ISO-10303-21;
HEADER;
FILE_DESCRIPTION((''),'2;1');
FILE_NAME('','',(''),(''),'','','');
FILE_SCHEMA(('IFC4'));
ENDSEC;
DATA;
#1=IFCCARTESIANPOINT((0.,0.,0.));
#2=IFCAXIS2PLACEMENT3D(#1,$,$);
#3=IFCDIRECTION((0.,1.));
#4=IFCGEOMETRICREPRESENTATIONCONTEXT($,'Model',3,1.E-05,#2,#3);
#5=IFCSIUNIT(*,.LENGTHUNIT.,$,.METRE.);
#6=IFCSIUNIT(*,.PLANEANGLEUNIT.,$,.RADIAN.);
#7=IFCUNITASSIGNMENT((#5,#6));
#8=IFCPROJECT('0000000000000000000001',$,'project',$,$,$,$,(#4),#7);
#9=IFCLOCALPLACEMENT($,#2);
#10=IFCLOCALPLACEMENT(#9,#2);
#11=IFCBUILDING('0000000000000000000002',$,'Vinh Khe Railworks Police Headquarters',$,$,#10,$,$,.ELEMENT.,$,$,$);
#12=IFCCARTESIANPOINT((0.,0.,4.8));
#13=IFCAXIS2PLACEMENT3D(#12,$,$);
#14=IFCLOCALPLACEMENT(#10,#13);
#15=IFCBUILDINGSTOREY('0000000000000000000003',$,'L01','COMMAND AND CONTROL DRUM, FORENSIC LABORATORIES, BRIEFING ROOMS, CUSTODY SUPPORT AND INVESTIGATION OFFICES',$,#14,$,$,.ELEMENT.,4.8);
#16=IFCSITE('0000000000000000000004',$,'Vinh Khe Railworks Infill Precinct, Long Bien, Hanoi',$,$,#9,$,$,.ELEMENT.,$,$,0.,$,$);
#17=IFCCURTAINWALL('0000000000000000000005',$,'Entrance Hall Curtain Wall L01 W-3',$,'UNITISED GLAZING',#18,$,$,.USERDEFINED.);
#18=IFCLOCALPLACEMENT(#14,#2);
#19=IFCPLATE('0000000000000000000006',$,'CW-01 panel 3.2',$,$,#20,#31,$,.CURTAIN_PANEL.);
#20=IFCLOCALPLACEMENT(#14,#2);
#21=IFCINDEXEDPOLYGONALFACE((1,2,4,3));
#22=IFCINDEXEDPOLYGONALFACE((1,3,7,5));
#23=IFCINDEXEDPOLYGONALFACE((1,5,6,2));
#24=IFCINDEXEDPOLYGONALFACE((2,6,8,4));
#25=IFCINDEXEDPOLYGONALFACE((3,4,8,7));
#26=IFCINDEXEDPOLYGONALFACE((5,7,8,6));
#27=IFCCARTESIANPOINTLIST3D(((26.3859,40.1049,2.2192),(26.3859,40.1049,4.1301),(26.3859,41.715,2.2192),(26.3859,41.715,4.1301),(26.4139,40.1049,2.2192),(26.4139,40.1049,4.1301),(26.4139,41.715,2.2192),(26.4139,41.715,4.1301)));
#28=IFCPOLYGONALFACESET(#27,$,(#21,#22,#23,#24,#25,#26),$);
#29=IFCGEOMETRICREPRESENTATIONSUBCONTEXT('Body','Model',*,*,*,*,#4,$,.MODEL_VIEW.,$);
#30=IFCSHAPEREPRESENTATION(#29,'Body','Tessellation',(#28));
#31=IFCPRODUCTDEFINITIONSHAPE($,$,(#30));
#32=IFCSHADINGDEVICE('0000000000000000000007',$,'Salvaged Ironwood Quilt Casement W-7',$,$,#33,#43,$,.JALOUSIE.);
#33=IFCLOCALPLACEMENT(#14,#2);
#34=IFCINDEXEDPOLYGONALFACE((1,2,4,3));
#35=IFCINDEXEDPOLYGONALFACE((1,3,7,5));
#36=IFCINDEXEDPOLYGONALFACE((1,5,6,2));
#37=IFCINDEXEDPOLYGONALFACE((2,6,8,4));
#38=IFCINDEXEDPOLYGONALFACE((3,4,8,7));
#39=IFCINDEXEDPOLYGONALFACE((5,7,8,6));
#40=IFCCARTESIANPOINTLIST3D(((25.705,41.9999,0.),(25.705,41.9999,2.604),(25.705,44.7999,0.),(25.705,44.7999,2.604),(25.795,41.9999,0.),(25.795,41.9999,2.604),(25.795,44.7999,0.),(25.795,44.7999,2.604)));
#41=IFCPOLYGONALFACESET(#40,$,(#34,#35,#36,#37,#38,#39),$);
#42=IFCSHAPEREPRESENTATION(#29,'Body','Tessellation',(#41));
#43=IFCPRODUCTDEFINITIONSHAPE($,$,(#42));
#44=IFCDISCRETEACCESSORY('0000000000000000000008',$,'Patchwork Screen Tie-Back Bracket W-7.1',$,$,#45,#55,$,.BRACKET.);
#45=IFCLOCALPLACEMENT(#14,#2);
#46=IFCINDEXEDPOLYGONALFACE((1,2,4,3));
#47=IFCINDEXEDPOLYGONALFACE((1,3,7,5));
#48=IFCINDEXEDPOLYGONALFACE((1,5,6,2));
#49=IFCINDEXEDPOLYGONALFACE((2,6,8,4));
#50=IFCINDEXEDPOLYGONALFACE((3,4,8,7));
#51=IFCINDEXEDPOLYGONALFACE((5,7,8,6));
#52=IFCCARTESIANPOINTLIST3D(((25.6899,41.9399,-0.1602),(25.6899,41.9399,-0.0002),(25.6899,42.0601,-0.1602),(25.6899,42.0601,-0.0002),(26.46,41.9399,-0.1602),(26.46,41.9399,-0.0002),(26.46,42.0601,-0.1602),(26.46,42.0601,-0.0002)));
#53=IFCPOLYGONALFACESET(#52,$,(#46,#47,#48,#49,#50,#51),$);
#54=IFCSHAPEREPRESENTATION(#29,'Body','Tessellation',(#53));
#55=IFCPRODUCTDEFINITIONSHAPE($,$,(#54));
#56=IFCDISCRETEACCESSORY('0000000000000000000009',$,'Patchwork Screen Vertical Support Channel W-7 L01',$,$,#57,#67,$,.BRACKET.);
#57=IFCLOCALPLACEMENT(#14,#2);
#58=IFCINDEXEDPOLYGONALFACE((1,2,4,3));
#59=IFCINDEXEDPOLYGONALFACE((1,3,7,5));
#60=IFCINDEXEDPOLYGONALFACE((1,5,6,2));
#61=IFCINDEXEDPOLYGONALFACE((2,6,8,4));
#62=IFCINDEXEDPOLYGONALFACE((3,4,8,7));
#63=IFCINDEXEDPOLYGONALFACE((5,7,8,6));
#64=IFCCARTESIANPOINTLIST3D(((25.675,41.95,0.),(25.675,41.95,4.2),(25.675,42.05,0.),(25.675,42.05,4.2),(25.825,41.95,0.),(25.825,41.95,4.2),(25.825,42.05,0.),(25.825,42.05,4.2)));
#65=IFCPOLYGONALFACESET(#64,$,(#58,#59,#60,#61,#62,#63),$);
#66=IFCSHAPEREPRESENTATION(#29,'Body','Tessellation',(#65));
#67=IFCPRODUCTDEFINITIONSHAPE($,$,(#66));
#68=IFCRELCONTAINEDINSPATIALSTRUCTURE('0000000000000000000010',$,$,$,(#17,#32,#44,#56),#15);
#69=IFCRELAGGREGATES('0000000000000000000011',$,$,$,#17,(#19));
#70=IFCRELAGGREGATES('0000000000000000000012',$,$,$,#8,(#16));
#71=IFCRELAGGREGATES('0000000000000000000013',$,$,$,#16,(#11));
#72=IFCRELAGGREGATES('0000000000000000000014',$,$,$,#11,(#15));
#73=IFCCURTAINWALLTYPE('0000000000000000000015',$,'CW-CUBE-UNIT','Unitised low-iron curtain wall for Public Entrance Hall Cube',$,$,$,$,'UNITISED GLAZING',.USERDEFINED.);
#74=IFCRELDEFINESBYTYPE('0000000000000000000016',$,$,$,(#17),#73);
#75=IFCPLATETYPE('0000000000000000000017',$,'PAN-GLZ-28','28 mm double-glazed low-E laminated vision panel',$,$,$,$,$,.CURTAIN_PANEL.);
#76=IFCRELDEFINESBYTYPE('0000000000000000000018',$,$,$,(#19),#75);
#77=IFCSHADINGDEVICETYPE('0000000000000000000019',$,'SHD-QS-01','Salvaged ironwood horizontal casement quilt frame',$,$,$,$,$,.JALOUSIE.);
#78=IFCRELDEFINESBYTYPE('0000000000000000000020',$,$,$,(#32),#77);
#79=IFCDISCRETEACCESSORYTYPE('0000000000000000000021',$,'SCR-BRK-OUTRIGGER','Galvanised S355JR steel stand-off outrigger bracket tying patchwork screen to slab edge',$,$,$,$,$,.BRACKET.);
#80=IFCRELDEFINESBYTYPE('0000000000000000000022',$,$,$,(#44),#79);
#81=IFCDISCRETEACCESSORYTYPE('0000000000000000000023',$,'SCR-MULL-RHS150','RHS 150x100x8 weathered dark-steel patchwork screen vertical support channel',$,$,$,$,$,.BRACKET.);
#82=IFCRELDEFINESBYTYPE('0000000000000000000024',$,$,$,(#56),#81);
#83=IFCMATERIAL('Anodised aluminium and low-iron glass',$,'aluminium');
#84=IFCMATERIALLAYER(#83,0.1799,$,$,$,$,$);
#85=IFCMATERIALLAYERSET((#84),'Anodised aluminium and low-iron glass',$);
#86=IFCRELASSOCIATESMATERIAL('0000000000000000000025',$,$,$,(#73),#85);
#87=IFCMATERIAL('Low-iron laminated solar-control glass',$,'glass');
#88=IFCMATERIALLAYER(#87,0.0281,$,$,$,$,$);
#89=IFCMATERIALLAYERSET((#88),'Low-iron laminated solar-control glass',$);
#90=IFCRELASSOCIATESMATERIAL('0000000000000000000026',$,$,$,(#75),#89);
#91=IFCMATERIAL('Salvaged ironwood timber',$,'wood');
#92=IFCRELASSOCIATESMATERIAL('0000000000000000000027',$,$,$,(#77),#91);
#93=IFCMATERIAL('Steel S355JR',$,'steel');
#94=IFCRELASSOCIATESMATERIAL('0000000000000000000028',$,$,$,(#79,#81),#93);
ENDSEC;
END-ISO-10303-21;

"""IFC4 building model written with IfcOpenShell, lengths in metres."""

from ifc_helpers import new_model, si_unit, direction, frame, origin, origin_2d, place, context, subcontext, project, spatial, rectangle, extrude, material, layer, layer_set, type_object, element, aggregate, save


model = new_model("IFC4")

# Units and contexts
model_context = context("Model", 3, precision=1e-05, world=origin(), true_north=direction((0.0, 1.0)))
body_context = subcontext(model_context, "Body", "Model", "MODEL_VIEW")
ifc_project = project(units=[si_unit("LENGTHUNIT", "METRE"), si_unit("PLANEANGLEUNIT", "RADIAN")], contexts=[model_context])

# Site, building, storey
site_placement = place(None, origin())
site = spatial("IfcSite", under=ifc_project, at=site_placement, Name="Vinh Khe Railworks Infill Precinct, Long Bien, Hanoi", CompositionType="ELEMENT", RefElevation=0.0)
building_placement = place(site_placement, origin())
building = spatial("IfcBuilding", under=site, at=building_placement, Name="Vinh Khe Railworks Police Headquarters", CompositionType="ELEMENT")
storey_placement = place(building_placement, frame((0.0, 0.0, 4.8)))
storey = spatial("IfcBuildingStorey", under=building, at=storey_placement, Name="L01", Description="COMMAND AND CONTROL DRUM, FORENSIC LABORATORIES, BRIEFING ROOMS, CUSTODY SUPPORT AND INVESTIGATION OFFICES", CompositionType="ELEMENT", Elevation=4.8)

# Shared definitions
ifc_material_1 = material(Name="Steel S355JR", Category="steel")

# Shared definitions
ifc_material_2 = material(Name="Salvaged ironwood timber", Category="wood")

# Curtain wall
ifc_material_3 = material(Name="Anodised aluminium and low-iron glass", Category="aluminium")
ifc_layer_1 = layer(ifc_material_3, 0.1799)
ifc_layer_set_1 = layer_set([ifc_layer_1], Name="Anodised aluminium and low-iron glass")
curtain_wall_type = type_object("IfcCurtainWallType", Name="CW-CUBE-UNIT", Description="Unitised low-iron curtain wall for Public Entrance Hall Cube", ElementType="UNITISED GLAZING", PredefinedType="USERDEFINED", material=ifc_layer_set_1)
curtain_wall_1_placement = place(storey_placement, origin())
curtain_wall_1 = element("IfcCurtainWall", 1, at=curtain_wall_1_placement, inside=storey, type_object=curtain_wall_type, Name="Entrance Hall Curtain Wall L01 W-3", ObjectType="UNITISED GLAZING", PredefinedType="USERDEFINED")

# Plate
ifc_material_4 = material(Name="Low-iron laminated solar-control glass", Category="glass")
ifc_layer_2 = layer(ifc_material_4, 0.0281)
ifc_layer_set_2 = layer_set([ifc_layer_2], Name="Low-iron laminated solar-control glass")
plate_type = type_object("IfcPlateType", Name="PAN-GLZ-28", Description="28 mm double-glazed low-E laminated vision panel", PredefinedType="CURTAIN_PANEL", material=ifc_layer_set_2)
plate_1_placement = place(storey_placement, frame((26.3999, 40.9099, 2.2192), z_axis=(0.0, 0.0, 1.0), x_axis=(0.0, 1.0, 0.0)))
plate_1 = element("IfcPlate", 2, at=plate_1_placement, type_object=plate_type, Name="CW-01 panel 3.2", PredefinedType="CURTAIN_PANEL", context=body_context, shape_type="SweptSolid", body=[
    extrude(rectangle(XDim=1.6101, YDim=0.0281, at=origin_2d()), origin(), (0.0, 0.0, 1.0), 1.9109),
])
aggregate(curtain_wall_1, [plate_1])

# Shading device
shading_device_type = type_object("IfcShadingDeviceType", Name="SHD-QS-01", Description="Salvaged ironwood horizontal casement quilt frame", PredefinedType="JALOUSIE", material=ifc_material_2)
shading_device_placement = place(storey_placement, frame((25.75, 43.3999, 0.0), z_axis=(0.0, 0.0, 1.0), x_axis=(0.0, 1.0, 0.0)))
element("IfcShadingDevice", 3, at=shading_device_placement, inside=storey, type_object=shading_device_type, Name="Salvaged Ironwood Quilt Casement W-7", PredefinedType="JALOUSIE", context=body_context, shape_type="SweptSolid", body=[
    extrude(rectangle(XDim=2.8, YDim=0.0901, at=origin_2d()), origin(), (0.0, 0.0, 1.0), 2.604),
])

# Discrete accessories
discrete_accessory_type_1 = type_object("IfcDiscreteAccessoryType", Name="SCR-BRK-OUTRIGGER", Description="Galvanised S355JR steel stand-off outrigger bracket tying patchwork screen to slab edge", PredefinedType="BRACKET", material=ifc_material_1)
discrete_accessory_1_placement = place(storey_placement, frame((26.075, 42.0, -0.1602), z_axis=(0.0, 0.0, 1.0), x_axis=(1.0, 0.0, 0.0)))
element("IfcDiscreteAccessory", 4, at=discrete_accessory_1_placement, inside=storey, type_object=discrete_accessory_type_1, Name="Patchwork Screen Tie-Back Bracket W-7.1", PredefinedType="BRACKET", context=body_context, shape_type="SweptSolid", body=[
    extrude(rectangle(XDim=0.77, YDim=0.1201, at=origin_2d()), origin(), (0.0, 0.0, 1.0), 0.1599),
])
discrete_accessory_type_2 = type_object("IfcDiscreteAccessoryType", Name="SCR-MULL-RHS150", Description="RHS 150x100x8 weathered dark-steel patchwork screen vertical support channel", PredefinedType="BRACKET", material=ifc_material_1)
discrete_accessory_2_placement = place(storey_placement, frame((25.75, 42.0, 0.0), z_axis=(0.0, 0.0, 1.0), x_axis=(1.0, 0.0, 0.0)))
element("IfcDiscreteAccessory", 5, at=discrete_accessory_2_placement, inside=storey, type_object=discrete_accessory_type_2, Name="Patchwork Screen Vertical Support Channel W-7 L01", PredefinedType="BRACKET", context=body_context, shape_type="SweptSolid", body=[
    extrude(rectangle(XDim=0.1499, YDim=0.1001, at=origin_2d()), origin(), (0.0, 0.0, 1.0), 4.2),
])

save(model, "model.ifc")
